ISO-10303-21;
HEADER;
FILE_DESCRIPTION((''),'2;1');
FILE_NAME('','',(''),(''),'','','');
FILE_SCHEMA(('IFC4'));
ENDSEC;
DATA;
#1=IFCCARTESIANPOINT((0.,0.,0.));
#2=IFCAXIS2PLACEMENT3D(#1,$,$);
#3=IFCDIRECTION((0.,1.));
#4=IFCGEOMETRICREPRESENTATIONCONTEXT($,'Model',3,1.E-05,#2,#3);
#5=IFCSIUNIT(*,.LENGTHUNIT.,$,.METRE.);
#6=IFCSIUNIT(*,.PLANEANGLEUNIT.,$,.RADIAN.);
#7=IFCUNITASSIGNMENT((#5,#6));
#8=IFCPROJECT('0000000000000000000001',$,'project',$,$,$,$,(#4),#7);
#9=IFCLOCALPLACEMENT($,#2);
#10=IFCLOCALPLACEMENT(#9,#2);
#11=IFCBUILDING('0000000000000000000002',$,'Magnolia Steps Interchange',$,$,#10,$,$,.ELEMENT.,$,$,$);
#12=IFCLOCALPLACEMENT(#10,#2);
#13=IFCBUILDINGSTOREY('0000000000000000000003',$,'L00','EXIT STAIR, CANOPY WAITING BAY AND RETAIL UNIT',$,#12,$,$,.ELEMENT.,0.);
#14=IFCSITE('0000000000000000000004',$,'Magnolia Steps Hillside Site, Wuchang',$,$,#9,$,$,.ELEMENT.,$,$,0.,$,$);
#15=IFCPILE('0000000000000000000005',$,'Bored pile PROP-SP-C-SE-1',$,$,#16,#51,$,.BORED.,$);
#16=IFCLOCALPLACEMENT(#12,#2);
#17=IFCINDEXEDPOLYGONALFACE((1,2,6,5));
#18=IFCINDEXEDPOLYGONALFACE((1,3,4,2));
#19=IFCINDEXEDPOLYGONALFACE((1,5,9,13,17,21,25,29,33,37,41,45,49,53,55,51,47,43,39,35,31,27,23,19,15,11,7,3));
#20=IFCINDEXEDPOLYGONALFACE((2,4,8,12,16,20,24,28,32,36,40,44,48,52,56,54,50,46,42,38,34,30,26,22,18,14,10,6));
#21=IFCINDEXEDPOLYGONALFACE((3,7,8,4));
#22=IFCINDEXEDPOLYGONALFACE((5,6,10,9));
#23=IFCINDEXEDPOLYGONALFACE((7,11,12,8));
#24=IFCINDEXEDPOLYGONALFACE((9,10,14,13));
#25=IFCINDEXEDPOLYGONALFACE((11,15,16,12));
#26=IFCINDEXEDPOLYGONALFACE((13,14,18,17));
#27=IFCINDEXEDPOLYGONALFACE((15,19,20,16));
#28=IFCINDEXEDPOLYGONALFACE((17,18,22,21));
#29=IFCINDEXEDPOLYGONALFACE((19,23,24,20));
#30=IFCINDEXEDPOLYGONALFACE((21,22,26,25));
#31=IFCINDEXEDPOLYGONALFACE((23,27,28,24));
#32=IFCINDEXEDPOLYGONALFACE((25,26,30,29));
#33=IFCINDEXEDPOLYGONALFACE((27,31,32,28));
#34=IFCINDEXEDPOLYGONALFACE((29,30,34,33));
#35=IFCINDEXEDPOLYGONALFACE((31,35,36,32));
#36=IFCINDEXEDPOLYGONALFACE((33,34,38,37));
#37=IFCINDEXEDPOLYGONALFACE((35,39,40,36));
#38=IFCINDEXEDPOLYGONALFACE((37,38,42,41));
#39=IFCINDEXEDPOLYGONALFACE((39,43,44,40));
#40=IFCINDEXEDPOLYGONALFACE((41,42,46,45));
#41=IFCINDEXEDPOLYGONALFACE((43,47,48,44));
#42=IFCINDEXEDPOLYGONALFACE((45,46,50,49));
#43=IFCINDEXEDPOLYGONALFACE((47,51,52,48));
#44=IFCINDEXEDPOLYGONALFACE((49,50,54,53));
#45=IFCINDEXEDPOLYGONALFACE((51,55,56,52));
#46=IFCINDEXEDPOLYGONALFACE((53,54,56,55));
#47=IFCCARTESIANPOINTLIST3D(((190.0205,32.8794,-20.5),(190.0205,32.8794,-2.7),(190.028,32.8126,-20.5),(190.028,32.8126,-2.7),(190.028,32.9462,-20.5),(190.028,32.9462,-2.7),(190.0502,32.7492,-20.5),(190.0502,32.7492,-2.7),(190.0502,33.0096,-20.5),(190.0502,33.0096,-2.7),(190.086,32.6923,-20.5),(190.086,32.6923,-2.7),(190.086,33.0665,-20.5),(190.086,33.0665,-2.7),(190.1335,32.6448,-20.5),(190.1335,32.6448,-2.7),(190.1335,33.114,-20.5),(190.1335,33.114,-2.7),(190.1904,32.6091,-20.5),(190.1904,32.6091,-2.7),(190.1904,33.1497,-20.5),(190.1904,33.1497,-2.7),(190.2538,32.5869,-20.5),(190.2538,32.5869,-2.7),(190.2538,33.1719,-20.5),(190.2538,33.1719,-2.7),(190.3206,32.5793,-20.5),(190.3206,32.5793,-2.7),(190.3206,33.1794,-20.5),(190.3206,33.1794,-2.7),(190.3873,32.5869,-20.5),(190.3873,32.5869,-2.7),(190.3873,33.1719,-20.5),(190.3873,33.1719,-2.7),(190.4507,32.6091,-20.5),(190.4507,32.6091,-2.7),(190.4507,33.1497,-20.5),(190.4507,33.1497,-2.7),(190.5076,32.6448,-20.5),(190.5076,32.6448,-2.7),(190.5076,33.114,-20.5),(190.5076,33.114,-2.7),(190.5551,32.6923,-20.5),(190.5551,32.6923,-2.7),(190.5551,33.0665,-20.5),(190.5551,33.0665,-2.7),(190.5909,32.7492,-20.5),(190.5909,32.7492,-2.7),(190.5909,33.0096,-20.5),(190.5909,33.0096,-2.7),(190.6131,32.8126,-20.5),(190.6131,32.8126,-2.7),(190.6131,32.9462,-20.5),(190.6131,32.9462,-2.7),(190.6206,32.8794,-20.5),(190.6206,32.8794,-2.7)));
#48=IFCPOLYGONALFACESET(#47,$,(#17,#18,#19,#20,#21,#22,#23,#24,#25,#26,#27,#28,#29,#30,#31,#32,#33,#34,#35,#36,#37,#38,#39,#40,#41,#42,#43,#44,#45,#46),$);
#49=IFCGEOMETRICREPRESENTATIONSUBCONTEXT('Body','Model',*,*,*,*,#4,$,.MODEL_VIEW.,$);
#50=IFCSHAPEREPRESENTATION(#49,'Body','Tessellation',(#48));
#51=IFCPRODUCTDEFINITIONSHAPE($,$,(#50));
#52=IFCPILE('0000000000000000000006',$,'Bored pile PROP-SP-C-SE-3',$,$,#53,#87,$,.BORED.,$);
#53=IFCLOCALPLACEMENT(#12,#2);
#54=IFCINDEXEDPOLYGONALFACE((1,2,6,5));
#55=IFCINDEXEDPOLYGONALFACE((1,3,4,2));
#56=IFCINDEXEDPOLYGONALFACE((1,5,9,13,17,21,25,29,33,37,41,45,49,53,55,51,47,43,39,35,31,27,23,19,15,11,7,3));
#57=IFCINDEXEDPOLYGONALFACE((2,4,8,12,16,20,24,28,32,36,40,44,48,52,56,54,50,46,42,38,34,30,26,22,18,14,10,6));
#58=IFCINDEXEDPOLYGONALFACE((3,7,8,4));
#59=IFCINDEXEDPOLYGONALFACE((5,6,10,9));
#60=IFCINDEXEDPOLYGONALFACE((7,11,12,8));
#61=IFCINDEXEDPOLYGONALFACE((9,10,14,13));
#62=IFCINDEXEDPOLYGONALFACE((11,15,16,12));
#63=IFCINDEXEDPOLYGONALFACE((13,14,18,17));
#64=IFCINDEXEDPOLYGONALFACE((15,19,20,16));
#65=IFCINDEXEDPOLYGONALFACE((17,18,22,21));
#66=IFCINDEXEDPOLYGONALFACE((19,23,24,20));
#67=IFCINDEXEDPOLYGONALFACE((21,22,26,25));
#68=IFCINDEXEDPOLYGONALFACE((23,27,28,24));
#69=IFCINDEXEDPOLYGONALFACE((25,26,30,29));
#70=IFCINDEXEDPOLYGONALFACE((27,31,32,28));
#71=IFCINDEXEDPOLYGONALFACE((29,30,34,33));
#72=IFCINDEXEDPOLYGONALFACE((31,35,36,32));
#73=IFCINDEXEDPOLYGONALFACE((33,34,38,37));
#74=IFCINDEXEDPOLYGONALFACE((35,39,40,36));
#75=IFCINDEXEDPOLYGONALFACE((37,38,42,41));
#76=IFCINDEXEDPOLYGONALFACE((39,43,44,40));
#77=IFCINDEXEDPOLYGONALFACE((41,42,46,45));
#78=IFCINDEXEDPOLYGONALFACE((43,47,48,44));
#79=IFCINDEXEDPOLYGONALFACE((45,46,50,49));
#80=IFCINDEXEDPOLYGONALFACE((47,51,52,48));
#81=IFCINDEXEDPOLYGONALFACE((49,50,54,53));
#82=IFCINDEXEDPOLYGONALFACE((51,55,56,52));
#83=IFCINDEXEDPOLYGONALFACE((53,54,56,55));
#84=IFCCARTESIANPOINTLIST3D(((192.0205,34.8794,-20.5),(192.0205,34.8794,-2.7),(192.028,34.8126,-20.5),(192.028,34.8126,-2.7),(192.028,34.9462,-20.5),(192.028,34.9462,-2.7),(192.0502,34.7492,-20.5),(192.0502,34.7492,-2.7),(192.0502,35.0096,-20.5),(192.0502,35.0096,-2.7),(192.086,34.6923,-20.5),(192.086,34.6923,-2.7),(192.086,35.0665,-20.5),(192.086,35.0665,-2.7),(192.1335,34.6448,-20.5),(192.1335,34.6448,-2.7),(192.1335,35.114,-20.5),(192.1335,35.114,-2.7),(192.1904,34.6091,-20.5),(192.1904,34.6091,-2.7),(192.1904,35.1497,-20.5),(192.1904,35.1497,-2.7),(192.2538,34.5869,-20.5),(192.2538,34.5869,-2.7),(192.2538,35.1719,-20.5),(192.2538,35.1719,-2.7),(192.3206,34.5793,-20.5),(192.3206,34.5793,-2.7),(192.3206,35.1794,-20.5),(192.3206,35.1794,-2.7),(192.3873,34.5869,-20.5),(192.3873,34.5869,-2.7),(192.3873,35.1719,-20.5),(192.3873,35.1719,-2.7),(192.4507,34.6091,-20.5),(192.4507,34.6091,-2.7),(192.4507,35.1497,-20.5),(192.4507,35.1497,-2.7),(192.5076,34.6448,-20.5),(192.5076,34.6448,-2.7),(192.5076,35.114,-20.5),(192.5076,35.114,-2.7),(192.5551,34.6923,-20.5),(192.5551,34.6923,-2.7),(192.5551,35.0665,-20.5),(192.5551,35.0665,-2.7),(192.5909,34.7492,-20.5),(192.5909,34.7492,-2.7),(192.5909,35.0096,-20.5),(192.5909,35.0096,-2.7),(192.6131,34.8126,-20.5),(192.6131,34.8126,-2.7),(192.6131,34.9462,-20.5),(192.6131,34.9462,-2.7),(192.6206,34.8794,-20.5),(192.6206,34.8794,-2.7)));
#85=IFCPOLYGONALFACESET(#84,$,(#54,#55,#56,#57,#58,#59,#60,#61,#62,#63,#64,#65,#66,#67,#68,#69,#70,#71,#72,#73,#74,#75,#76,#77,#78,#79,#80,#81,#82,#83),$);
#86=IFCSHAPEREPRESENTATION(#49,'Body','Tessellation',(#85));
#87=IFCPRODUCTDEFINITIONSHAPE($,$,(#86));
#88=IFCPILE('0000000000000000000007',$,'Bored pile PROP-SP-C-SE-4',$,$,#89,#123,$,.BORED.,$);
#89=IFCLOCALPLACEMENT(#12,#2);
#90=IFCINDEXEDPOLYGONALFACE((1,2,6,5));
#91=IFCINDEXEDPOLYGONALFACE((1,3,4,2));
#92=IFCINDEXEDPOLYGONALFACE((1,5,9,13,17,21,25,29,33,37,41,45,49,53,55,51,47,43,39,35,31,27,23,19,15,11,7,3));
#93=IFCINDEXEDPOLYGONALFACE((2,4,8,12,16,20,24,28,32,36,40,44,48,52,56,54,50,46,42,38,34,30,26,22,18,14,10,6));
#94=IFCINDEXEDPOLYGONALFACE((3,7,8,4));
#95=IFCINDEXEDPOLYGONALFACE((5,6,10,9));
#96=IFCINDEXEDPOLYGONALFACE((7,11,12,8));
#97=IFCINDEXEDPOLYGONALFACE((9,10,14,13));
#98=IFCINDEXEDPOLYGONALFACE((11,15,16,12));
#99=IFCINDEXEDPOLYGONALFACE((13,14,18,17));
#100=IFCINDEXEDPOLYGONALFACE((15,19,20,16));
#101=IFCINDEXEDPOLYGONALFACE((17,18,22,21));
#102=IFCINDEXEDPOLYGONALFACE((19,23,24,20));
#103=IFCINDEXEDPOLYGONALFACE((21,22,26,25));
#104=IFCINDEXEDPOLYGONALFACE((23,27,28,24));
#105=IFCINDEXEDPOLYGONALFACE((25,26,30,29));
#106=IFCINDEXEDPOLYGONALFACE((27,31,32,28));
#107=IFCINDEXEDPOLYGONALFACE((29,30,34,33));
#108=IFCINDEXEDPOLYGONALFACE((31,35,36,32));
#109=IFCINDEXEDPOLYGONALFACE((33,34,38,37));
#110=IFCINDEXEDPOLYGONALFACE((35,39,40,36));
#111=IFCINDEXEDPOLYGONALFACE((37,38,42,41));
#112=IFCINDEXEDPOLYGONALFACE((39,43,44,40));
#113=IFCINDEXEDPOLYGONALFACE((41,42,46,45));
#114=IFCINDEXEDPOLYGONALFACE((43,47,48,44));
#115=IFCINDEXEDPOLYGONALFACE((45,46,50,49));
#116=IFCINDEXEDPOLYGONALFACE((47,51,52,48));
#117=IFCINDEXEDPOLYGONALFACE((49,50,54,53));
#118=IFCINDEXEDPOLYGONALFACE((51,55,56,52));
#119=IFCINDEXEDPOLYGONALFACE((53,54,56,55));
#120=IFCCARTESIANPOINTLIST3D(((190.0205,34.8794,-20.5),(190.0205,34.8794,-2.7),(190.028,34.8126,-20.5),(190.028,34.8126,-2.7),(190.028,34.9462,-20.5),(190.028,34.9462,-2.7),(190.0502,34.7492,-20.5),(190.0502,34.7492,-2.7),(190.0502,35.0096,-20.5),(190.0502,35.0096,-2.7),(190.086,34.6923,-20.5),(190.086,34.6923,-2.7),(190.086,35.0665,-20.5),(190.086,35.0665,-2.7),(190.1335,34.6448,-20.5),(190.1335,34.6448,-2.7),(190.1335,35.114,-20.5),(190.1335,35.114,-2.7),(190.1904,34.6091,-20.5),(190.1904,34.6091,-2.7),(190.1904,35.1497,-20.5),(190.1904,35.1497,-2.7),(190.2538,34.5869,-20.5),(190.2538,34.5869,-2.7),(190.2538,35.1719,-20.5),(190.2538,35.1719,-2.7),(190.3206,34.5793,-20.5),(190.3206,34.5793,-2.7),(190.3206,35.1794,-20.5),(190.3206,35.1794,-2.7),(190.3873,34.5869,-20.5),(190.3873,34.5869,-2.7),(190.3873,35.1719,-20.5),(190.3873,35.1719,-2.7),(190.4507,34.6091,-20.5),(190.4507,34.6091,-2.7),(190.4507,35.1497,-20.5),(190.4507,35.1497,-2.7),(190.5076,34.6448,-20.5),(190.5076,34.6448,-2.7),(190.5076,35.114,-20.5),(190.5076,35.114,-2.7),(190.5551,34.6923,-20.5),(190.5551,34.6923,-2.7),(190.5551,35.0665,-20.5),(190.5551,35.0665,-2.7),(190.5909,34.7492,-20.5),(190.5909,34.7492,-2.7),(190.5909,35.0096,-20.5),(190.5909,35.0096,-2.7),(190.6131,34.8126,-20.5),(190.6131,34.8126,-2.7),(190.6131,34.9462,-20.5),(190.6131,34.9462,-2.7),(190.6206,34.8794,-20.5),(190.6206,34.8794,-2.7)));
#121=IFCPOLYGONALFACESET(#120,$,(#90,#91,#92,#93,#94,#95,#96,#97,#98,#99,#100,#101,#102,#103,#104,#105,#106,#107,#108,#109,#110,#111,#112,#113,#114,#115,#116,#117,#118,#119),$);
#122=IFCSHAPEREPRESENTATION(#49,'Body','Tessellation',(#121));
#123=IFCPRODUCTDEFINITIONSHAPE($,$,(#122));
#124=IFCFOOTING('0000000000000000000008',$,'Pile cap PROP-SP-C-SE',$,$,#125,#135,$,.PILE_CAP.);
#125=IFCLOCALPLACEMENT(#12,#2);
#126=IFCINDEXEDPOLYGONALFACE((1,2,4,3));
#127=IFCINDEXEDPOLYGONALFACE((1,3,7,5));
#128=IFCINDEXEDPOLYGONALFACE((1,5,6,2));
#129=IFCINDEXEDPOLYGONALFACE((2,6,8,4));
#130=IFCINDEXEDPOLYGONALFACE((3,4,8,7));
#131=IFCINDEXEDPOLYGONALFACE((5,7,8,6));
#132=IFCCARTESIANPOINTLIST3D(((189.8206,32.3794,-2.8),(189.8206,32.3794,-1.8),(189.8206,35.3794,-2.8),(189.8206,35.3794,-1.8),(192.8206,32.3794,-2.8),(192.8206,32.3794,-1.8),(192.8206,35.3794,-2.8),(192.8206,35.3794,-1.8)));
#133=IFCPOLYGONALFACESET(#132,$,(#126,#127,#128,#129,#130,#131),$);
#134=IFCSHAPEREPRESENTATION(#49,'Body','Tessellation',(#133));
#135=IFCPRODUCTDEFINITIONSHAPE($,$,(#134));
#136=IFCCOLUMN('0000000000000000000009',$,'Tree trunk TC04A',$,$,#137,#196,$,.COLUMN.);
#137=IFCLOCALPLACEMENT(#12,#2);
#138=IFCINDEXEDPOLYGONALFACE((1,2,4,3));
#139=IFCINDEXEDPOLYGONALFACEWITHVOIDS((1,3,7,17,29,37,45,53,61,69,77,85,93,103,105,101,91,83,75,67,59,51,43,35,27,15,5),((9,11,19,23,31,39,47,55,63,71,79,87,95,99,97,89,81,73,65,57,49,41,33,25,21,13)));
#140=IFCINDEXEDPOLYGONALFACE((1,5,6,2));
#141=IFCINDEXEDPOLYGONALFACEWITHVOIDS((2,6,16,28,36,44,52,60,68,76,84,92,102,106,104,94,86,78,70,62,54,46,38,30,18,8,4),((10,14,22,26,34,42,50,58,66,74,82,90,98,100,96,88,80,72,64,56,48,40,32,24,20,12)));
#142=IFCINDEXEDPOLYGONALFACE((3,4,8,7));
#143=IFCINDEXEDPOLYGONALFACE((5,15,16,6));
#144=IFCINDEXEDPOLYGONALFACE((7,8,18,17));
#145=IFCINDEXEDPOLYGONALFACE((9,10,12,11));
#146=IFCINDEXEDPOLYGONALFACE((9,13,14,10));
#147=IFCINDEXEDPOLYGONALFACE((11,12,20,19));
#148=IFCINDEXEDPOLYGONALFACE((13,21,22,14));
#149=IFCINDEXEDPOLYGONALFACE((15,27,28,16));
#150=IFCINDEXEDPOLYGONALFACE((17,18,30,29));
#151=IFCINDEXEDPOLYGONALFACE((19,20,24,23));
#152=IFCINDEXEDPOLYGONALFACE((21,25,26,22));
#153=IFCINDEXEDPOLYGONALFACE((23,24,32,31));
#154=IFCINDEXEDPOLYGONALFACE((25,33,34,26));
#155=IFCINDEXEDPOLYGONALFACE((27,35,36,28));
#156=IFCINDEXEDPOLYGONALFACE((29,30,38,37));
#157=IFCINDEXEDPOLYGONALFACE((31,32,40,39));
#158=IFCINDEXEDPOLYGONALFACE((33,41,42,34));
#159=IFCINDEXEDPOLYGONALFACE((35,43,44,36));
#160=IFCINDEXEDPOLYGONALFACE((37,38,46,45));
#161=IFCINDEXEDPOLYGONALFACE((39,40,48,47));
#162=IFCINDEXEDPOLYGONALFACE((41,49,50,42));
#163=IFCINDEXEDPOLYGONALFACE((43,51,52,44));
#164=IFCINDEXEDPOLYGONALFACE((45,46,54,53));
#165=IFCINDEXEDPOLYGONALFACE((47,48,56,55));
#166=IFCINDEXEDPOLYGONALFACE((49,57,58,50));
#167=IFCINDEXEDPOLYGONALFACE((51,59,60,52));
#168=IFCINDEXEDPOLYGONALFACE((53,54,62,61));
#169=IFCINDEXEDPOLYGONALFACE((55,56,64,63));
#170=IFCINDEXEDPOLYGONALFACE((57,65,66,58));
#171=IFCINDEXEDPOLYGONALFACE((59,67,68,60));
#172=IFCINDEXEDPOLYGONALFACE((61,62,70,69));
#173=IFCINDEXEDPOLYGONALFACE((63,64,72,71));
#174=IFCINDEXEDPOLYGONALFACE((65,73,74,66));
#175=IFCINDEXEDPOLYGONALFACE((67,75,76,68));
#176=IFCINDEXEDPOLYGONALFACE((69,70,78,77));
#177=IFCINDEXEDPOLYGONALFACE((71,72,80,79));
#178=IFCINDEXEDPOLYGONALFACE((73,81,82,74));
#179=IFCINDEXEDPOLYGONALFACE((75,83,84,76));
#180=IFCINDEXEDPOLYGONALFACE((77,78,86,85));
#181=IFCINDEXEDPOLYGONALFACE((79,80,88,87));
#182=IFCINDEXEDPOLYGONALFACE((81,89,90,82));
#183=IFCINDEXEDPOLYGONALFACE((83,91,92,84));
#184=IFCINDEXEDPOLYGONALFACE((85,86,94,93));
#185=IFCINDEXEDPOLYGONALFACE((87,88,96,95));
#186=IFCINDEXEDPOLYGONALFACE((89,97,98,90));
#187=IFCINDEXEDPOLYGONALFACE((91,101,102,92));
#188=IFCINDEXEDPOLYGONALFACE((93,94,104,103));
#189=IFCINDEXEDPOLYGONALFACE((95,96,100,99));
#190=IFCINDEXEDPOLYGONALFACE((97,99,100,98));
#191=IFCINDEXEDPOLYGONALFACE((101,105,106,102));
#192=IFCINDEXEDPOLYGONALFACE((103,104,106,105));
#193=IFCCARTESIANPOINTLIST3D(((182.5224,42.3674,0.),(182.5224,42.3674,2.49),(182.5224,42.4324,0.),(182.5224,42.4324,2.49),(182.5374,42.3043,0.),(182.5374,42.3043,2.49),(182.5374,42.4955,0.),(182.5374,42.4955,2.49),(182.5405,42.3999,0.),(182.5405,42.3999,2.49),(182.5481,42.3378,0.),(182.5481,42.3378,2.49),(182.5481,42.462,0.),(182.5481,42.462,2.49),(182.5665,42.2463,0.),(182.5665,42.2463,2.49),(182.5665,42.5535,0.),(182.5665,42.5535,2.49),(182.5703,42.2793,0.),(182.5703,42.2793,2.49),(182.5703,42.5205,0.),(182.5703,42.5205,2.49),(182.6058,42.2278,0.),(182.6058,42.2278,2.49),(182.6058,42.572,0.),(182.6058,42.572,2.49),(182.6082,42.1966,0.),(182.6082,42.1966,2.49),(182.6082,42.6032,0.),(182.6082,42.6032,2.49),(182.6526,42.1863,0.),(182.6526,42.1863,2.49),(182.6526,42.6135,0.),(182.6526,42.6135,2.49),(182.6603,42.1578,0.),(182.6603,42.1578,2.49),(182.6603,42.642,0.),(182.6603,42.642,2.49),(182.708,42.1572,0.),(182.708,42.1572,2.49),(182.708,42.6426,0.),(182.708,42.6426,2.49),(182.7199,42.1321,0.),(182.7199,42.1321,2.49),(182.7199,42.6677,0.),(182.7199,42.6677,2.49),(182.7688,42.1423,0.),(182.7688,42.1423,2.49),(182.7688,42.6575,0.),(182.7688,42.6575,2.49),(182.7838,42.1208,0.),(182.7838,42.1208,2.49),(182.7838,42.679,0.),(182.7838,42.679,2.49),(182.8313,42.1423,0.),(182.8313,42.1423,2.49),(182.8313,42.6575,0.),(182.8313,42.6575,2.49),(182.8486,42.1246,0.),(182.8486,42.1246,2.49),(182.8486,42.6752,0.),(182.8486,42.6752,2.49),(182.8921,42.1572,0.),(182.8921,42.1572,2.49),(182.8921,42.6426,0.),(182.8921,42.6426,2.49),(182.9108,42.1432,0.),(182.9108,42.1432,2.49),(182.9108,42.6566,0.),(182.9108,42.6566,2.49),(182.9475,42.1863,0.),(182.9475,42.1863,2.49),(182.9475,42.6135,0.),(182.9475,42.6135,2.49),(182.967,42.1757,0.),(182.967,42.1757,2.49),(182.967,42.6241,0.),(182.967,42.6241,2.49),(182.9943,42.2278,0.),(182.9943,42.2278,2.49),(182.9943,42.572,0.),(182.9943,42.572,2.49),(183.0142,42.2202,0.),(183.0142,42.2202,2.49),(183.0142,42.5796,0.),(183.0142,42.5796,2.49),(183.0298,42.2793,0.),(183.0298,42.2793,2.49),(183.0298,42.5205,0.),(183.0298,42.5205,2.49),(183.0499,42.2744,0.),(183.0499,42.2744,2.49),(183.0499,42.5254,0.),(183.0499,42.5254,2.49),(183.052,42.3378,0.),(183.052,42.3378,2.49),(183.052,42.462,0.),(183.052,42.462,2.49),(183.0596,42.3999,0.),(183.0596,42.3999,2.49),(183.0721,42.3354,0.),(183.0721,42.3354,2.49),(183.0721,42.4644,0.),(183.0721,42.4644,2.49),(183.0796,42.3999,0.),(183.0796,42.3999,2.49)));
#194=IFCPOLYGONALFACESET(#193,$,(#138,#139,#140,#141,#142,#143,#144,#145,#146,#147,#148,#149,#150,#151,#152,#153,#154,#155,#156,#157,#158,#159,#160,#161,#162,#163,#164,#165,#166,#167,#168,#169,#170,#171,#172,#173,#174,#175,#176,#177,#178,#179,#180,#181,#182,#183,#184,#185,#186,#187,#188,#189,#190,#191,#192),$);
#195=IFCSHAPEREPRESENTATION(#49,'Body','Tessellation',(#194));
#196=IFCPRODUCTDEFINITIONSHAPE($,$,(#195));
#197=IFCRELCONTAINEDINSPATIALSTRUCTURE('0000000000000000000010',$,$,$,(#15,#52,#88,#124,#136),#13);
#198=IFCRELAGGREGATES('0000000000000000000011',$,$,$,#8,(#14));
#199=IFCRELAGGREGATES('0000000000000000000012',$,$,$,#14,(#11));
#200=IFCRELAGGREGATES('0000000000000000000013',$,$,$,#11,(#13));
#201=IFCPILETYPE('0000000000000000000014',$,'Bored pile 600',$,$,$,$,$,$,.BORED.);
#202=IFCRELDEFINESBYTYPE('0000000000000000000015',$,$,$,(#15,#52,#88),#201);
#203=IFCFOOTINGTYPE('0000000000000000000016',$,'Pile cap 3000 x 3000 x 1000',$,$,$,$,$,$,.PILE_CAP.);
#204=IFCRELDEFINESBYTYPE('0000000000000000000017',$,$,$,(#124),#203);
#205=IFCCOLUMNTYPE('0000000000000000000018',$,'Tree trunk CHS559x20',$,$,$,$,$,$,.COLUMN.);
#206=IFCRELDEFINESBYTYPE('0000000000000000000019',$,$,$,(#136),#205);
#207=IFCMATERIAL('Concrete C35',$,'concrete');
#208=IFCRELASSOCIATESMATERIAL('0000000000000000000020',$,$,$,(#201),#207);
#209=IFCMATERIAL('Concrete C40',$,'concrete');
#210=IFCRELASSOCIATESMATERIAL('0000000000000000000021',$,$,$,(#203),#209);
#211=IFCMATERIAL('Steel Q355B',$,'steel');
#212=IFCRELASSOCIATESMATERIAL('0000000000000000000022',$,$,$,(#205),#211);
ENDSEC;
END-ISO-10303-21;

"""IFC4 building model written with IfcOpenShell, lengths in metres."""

from ifc_helpers import new_model, si_unit, direction, frame, origin, origin_2d, place, context, subcontext, project, spatial, rectangle, circle, hollow_circle, extrude, material, material_profile, profile_set, type_object, element, save


model = new_model("IFC4")

# Units and contexts
model_context = context("Model", 3, precision=1e-05, world=origin(), true_north=direction((0.0, 1.0)))
body_context = subcontext(model_context, "Body", "Model", "MODEL_VIEW")
ifc_project = project(units=[si_unit("LENGTHUNIT", "METRE"), si_unit("PLANEANGLEUNIT", "RADIAN")], contexts=[model_context])

# Site, building, storey
site_placement = place(None, origin())
site = spatial("IfcSite", under=ifc_project, at=site_placement, Name="Magnolia Steps Hillside Site, Wuchang", CompositionType="ELEMENT", RefElevation=0.0)
building_placement = place(site_placement, origin())
building = spatial("IfcBuilding", under=site, at=building_placement, Name="Magnolia Steps Interchange", CompositionType="ELEMENT")
storey_placement = place(building_placement, origin())
storey = spatial("IfcBuildingStorey", under=building, at=storey_placement, Name="L00", Description="EXIT STAIR, CANOPY WAITING BAY AND RETAIL UNIT", CompositionType="ELEMENT", Elevation=0.0)

# Piles
ifc_material_1 = material(Name="Concrete C35", Category="concrete")
ifc_material_profile_1 = material_profile(ifc_material_1, circle(Radius=0.3, at=origin_2d()), Name="Bored pile 600")
ifc_profile_set_1 = profile_set([ifc_material_profile_1], Name="Concrete C35")
pile_type = type_object("IfcPileType", Name="Bored pile 600", PredefinedType="BORED", material=ifc_profile_set_1)
for number, where, z_axis, x_axis, name in (
    (1, (190.3206, 32.8794, -2.7), (0.0, 0.0, -1.0), (1.0, 0.0, 0.0), "Bored pile PROP-SP-C-SE-1"),
    (2, (192.3206, 34.8794, -2.7), (0.0, 0.0, -1.0), (1.0, 0.0, 0.0), "Bored pile PROP-SP-C-SE-3"),
    (3, (190.3206, 34.8794, -2.7), (0.0, 0.0, -1.0), (1.0, 0.0, 0.0), "Bored pile PROP-SP-C-SE-4"),
):
    element("IfcPile", number, at=place(storey_placement, frame(where, z_axis=z_axis, x_axis=x_axis)), inside=storey, type_object=pile_type, Name=name, PredefinedType="BORED", context=body_context, shape_type="SweptSolid", body=[
        extrude(circle(Radius=0.3, at=origin_2d()), origin(), (0.0, 0.0, 1.0), 17.8),
    ])

# Footing
ifc_material_2 = material(Name="Concrete C40", Category="concrete")
footing_type = type_object("IfcFootingType", Name="Pile cap 3000 x 3000 x 1000", PredefinedType="PILE_CAP", material=ifc_material_2)
footing_placement = place(storey_placement, frame((191.3206, 33.8794, -2.8), z_axis=(0.0, 0.0, 1.0), x_axis=(1.0, 0.0, 0.0)))
element("IfcFooting", 4, at=footing_placement, inside=storey, type_object=footing_type, Name="Pile cap PROP-SP-C-SE", PredefinedType="PILE_CAP", context=body_context, shape_type="SweptSolid", body=[
    extrude(rectangle(XDim=3.0, YDim=3.0, at=origin_2d()), origin(), (0.0, 0.0, 1.0), 1.0),
])

# Column
ifc_material_3 = material(Name="Steel Q355B", Category="steel")
ifc_material_profile_2 = material_profile(ifc_material_3, hollow_circle(Radius=0.2795, WallThickness=0.02, at=origin_2d()), Name="CHS559x20")
ifc_profile_set_2 = profile_set([ifc_material_profile_2], Name="Steel Q355B")
column_type_1 = type_object("IfcColumnType", Name="Tree trunk CHS559x20", PredefinedType="COLUMN", material=ifc_profile_set_2)
column_1_placement = place(storey_placement, frame((182.8, 42.3999, 0.0), z_axis=(0.0, 0.0, 1.0), x_axis=(1.0, 0.0, 0.0)))
element("IfcColumn", 5, at=column_1_placement, inside=storey, type_object=column_type_1, Name="Tree trunk TC04A", PredefinedType="COLUMN", context=body_context, shape_type="SweptSolid", body=[
    extrude(hollow_circle(Radius=0.2795, WallThickness=0.02, at=origin_2d()), origin(), (0.0, 0.0, 1.0), 2.49),
])

save(model, "model.ifc")
